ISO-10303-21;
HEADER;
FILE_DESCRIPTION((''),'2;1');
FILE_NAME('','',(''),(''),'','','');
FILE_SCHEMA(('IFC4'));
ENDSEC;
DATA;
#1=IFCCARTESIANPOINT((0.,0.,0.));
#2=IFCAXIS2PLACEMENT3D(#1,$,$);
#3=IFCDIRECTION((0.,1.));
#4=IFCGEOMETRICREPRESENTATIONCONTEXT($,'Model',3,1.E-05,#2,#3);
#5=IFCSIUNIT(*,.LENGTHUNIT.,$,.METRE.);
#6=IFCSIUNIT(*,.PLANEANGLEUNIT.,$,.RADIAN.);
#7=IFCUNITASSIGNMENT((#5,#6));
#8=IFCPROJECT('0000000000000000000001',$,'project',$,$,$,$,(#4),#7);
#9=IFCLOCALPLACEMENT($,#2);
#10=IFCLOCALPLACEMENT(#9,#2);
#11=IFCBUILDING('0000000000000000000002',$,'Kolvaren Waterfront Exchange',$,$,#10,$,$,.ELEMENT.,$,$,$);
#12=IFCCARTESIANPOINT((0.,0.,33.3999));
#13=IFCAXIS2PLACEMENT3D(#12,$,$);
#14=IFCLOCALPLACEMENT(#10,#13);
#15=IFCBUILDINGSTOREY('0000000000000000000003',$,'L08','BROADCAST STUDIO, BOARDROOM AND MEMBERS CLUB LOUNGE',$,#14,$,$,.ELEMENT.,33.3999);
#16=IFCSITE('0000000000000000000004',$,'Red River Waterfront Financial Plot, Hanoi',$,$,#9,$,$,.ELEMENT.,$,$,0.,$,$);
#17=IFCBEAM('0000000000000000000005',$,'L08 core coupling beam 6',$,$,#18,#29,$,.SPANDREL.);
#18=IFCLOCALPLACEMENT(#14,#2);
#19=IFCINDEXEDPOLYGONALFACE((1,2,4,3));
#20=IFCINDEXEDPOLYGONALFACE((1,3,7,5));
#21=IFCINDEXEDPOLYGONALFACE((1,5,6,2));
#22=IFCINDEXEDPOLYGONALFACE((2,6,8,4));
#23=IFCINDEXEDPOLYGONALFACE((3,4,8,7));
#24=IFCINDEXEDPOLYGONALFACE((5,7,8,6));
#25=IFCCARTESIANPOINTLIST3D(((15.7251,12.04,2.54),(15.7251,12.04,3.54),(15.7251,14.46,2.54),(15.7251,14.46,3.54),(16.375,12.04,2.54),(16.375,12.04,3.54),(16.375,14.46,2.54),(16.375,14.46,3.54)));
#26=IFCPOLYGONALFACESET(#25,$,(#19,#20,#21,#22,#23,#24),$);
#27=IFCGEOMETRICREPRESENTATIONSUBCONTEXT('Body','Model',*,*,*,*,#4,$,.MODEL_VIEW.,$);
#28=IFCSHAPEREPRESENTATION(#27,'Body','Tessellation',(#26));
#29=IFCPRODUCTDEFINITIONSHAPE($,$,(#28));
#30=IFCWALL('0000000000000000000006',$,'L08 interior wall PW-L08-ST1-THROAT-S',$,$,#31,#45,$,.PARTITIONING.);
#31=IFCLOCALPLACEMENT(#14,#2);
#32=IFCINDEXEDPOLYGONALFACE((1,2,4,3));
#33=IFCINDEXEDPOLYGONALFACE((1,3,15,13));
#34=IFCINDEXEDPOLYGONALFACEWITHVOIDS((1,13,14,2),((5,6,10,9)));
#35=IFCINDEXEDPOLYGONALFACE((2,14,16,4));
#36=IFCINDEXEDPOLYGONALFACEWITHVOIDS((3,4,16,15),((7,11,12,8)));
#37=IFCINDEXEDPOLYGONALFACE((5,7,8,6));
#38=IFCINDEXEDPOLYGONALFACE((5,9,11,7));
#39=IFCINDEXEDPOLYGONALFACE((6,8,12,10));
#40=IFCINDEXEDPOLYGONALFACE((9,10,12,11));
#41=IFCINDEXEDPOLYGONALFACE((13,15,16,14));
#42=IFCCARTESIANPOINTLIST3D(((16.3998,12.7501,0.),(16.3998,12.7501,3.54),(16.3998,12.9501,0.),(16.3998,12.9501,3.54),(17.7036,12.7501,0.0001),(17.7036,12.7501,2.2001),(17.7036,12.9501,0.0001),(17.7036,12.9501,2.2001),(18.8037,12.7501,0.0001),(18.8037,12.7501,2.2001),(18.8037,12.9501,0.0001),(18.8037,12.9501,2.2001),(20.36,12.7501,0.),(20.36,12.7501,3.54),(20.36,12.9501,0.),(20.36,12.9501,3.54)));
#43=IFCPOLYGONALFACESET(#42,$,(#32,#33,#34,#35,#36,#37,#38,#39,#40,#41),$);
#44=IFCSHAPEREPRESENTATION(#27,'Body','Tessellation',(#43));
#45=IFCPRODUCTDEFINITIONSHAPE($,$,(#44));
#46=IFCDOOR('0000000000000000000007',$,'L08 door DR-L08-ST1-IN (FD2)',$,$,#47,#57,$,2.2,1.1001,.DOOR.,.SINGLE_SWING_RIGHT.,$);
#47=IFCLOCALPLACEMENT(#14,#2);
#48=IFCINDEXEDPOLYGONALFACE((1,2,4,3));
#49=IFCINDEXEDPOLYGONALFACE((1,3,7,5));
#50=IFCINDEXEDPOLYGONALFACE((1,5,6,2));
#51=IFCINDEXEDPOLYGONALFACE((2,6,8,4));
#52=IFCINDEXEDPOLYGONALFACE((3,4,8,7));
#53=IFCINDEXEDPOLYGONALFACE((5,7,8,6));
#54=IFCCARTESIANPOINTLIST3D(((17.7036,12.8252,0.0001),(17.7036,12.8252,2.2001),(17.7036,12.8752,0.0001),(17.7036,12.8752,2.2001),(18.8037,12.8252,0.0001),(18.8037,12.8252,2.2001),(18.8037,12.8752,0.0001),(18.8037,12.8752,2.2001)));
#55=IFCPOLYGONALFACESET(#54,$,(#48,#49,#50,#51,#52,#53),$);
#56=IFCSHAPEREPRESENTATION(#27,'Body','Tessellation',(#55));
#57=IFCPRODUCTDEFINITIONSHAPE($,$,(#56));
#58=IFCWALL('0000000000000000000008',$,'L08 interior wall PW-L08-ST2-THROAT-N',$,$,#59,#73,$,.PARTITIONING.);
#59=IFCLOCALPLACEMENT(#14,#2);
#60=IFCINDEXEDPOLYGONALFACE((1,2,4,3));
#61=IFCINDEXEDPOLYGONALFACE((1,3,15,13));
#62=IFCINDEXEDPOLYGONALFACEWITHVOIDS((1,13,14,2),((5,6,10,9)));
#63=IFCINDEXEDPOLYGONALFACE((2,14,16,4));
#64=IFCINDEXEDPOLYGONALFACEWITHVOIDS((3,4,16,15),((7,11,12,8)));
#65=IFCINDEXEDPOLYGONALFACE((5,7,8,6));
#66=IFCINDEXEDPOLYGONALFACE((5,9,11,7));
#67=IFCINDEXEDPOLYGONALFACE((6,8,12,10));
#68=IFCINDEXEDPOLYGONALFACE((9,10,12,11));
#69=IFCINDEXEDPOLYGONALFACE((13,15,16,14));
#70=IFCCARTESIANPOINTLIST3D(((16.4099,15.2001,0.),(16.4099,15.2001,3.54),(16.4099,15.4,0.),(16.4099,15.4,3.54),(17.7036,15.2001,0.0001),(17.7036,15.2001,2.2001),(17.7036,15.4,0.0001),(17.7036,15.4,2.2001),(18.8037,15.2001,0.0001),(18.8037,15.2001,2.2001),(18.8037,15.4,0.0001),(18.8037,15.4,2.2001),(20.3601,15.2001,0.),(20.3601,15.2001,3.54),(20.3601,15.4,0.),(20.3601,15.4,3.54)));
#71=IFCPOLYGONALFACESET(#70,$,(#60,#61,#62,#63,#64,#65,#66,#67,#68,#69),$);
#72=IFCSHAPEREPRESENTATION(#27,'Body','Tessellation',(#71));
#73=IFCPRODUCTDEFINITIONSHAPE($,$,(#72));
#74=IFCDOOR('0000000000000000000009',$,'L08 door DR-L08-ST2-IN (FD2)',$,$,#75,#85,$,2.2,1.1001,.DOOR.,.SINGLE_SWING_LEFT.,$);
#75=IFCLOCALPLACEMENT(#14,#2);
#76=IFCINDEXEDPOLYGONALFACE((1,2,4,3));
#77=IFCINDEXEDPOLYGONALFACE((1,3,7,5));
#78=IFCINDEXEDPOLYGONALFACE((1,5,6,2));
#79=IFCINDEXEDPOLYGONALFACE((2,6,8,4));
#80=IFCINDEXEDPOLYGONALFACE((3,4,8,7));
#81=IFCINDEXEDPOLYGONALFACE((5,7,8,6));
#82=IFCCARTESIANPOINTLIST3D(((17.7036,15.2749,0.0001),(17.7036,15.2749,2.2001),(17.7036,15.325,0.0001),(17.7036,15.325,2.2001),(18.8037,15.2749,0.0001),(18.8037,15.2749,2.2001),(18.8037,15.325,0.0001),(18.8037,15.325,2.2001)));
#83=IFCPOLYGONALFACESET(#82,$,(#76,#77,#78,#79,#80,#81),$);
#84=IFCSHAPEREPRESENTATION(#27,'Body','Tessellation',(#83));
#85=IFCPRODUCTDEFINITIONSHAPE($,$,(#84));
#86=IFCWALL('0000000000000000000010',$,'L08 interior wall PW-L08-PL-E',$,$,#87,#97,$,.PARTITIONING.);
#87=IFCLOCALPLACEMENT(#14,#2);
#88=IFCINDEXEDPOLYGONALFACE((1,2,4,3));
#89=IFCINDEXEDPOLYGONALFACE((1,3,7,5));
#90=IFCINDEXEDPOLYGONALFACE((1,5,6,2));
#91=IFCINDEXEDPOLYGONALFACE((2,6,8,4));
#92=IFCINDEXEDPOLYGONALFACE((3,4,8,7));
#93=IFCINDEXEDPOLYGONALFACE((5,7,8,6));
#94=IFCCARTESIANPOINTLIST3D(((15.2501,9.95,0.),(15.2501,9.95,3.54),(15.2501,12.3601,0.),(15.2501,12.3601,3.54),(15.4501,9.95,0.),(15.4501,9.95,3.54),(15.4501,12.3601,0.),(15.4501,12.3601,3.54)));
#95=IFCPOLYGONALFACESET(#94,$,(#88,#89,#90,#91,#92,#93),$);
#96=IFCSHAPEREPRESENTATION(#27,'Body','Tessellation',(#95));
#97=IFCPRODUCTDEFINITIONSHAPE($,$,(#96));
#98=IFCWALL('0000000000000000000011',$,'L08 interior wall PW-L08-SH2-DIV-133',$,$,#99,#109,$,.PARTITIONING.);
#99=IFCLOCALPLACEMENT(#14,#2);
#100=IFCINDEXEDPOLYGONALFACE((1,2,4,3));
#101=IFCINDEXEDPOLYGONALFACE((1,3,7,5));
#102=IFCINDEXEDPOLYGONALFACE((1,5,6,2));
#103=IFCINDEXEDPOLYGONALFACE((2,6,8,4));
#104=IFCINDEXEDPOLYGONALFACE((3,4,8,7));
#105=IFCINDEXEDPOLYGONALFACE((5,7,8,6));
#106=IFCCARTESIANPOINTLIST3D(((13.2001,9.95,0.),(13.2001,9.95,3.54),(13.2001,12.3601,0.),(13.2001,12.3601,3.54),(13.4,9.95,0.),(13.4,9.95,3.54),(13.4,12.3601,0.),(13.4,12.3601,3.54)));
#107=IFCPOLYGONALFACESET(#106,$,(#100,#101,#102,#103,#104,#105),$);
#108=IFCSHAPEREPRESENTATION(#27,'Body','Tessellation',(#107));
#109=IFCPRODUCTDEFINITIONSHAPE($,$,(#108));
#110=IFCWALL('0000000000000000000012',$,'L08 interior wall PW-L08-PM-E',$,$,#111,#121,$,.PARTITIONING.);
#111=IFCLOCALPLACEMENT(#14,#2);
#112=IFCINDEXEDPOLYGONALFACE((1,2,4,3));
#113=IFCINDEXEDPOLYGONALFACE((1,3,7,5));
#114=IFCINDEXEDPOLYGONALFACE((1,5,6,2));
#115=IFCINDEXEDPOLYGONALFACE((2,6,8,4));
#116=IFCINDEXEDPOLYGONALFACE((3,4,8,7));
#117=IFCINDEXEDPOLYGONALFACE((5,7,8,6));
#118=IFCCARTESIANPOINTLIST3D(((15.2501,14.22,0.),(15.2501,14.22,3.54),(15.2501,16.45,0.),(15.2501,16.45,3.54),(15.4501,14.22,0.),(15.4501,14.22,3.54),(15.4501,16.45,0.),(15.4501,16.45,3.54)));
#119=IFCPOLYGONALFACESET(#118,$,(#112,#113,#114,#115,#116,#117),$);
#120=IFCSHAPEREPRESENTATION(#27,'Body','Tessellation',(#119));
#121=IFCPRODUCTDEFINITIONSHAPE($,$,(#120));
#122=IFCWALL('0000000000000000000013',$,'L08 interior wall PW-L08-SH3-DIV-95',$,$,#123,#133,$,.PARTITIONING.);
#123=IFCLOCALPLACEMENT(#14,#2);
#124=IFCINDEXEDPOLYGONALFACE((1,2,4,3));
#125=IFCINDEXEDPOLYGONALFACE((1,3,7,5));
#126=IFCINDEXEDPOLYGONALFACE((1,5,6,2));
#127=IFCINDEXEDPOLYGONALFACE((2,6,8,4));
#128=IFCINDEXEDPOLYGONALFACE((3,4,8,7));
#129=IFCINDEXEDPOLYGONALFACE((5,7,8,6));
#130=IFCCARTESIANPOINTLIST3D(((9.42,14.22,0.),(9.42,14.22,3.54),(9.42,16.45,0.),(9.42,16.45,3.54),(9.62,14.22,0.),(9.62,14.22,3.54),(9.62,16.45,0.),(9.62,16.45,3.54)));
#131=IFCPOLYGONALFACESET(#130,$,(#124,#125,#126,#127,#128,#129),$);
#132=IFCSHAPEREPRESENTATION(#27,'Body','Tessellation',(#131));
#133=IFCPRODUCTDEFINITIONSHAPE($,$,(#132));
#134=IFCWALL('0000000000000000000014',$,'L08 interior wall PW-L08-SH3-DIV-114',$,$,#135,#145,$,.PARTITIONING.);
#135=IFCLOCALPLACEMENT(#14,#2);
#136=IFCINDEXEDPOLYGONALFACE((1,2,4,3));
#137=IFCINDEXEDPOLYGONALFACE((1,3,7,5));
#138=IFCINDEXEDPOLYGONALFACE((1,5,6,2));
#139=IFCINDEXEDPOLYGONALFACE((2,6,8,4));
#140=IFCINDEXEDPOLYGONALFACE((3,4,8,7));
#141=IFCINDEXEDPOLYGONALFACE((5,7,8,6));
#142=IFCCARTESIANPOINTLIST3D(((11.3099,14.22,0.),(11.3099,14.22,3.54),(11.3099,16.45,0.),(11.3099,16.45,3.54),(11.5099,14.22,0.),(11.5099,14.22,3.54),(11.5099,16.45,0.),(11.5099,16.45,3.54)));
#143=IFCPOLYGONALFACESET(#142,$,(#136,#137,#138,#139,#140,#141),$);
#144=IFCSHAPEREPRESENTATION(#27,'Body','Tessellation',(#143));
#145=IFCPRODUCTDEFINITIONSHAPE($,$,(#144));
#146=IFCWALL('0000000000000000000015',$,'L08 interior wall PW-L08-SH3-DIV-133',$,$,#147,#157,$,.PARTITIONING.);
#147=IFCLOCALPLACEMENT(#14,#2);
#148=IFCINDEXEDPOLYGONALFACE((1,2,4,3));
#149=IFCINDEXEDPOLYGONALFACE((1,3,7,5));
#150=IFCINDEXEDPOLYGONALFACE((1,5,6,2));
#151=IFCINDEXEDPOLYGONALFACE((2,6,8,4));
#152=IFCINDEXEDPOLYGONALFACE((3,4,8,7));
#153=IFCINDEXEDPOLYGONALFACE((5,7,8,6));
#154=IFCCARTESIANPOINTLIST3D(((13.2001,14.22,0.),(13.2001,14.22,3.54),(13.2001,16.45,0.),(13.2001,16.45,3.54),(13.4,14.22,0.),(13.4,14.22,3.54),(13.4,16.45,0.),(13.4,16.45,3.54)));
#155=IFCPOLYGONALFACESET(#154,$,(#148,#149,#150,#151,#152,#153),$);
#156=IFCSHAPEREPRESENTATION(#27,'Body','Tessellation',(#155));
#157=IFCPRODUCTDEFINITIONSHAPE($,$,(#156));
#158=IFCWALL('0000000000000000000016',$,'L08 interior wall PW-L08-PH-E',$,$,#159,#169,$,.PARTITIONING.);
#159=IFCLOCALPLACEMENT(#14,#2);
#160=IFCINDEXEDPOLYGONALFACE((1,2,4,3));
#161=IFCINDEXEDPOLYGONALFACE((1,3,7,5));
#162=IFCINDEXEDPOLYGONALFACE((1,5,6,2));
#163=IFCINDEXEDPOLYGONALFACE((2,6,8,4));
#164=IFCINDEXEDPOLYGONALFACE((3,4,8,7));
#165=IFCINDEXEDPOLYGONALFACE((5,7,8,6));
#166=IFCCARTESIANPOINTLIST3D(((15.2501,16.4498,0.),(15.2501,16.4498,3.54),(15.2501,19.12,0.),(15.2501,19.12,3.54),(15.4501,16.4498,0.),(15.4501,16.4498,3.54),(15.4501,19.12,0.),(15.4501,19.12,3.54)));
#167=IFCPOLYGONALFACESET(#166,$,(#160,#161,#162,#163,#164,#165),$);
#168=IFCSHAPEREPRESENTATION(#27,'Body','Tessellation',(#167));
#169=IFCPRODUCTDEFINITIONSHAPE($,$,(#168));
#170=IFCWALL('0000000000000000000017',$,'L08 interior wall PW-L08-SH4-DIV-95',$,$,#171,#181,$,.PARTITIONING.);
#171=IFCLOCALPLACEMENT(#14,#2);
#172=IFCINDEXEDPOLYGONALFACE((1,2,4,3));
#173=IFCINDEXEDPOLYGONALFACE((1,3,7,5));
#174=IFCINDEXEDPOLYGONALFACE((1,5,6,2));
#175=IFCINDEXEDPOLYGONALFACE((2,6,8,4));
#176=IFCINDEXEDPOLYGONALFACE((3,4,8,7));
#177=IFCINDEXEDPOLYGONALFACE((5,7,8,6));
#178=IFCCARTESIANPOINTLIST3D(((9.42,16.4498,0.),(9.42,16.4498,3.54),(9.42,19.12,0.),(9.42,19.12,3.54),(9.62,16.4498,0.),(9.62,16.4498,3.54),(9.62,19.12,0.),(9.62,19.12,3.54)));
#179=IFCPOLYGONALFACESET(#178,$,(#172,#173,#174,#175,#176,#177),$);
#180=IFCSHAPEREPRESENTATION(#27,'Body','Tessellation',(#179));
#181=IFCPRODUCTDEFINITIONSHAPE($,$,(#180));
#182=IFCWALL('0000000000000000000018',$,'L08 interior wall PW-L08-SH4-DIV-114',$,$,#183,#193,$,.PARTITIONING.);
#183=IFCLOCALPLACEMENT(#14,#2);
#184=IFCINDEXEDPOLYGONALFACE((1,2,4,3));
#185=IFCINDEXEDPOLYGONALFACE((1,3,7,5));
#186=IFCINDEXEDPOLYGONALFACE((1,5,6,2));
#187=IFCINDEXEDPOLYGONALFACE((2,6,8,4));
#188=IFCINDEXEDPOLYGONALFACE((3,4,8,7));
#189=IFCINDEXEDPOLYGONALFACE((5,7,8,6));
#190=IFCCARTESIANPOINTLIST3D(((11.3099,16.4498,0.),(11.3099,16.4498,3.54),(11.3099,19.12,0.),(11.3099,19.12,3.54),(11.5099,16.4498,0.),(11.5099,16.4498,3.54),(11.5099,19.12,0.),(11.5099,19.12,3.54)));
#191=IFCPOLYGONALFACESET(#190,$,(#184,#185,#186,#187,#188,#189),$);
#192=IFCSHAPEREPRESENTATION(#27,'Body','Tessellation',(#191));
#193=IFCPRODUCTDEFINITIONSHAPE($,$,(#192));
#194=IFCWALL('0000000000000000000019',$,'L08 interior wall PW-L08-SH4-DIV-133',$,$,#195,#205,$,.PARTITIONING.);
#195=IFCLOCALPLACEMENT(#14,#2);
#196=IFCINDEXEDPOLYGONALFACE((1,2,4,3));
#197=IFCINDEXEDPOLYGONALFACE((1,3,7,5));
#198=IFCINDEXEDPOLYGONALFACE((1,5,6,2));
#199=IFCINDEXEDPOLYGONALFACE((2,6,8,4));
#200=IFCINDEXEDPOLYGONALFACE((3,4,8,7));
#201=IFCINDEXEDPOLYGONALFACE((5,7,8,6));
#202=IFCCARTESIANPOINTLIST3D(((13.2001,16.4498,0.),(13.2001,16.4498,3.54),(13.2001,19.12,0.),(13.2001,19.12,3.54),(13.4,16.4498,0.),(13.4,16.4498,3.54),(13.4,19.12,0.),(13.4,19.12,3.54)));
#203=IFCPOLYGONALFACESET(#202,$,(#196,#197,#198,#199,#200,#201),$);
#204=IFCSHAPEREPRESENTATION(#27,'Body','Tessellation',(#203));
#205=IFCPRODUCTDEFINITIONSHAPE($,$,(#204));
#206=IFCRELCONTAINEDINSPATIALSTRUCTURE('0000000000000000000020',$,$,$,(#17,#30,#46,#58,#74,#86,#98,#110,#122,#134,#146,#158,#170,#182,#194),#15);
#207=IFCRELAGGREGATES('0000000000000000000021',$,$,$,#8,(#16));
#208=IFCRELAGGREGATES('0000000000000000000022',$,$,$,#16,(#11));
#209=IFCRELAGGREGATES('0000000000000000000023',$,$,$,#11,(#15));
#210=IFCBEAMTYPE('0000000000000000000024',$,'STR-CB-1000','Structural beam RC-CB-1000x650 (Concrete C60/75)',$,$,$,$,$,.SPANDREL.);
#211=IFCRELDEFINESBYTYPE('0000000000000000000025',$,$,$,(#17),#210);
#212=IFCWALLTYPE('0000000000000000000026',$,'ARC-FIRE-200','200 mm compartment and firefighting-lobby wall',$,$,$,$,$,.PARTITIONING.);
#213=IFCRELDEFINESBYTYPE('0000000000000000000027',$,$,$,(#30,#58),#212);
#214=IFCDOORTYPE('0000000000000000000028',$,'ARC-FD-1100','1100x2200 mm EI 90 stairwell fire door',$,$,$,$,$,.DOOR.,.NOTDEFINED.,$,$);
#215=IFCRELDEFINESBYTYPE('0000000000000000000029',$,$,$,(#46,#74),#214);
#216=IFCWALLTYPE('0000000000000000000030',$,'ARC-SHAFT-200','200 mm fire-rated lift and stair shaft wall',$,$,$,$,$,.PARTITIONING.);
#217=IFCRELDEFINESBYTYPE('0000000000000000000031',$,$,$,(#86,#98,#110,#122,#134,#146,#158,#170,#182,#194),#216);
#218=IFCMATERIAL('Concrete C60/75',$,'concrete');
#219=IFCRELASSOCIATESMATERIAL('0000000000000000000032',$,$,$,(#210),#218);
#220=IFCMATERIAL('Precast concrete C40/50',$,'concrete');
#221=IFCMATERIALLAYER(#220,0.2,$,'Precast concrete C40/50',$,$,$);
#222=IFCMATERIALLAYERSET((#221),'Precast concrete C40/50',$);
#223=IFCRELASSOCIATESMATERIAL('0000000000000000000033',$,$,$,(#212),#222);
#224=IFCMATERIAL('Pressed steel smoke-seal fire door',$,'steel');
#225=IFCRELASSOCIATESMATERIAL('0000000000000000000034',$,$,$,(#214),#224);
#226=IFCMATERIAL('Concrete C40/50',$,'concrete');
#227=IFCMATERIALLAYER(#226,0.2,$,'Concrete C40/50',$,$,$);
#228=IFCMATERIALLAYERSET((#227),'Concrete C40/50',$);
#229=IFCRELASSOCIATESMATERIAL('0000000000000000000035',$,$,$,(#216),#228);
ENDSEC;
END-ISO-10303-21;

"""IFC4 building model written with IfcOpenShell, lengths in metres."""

from ifc_helpers import new_model, si_unit, direction, frame, frame_2d, origin, origin_2d, place, context, subcontext, project, spatial, rectangle, extrude, material, layer, layer_set, material_profile, profile_set, type_object, element, fill, save


model = new_model("IFC4")

# Units and contexts
model_context = context("Model", 3, precision=1e-05, world=origin(), true_north=direction((0.0, 1.0)))
body_context = subcontext(model_context, "Body", "Model", "MODEL_VIEW")
ifc_project = project(units=[si_unit("LENGTHUNIT", "METRE"), si_unit("PLANEANGLEUNIT", "RADIAN")], contexts=[model_context])

# Site, building, storey
site_placement = place(None, origin())
site = spatial("IfcSite", under=ifc_project, at=site_placement, Name="Red River Waterfront Financial Plot, Hanoi", CompositionType="ELEMENT", RefElevation=0.0)
building_placement = place(site_placement, origin())
building = spatial("IfcBuilding", under=site, at=building_placement, Name="Kolvaren Waterfront Exchange", CompositionType="ELEMENT")
storey_placement = place(building_placement, frame((0.0, 0.0, 33.3999)))
storey = spatial("IfcBuildingStorey", under=building, at=storey_placement, Name="L08", Description="BROADCAST STUDIO, BOARDROOM AND MEMBERS CLUB LOUNGE", CompositionType="ELEMENT", Elevation=33.3999)

# Beam
ifc_material_1 = material(Name="Concrete C60/75", Category="concrete")
ifc_material_profile = material_profile(ifc_material_1, rectangle(XDim=0.6499, YDim=1.0, at=origin_2d()), Name="RC-CB-1000x650")
ifc_profile_set = profile_set([ifc_material_profile], Name="Concrete C60/75")
beam_type = type_object("IfcBeamType", Name="STR-CB-1000", Description="Structural beam RC-CB-1000x650 (Concrete C60/75)", PredefinedType="SPANDREL", material=ifc_profile_set)
beam_placement = place(storey_placement, frame((16.05, 12.04, 3.04), z_axis=(0.0, 1.0, 0.0), x_axis=(-1.0, 0.0, 0.0)))
element("IfcBeam", 1, at=beam_placement, inside=storey, type_object=beam_type, Name="L08 core coupling beam 6", PredefinedType="SPANDREL", context=body_context, shape_type="SweptSolid", body=[
    extrude(rectangle(XDim=0.6499, YDim=1.0, at=origin_2d()), origin(), (0.0, 0.0, 1.0), 2.4199),
])

# Walls, openings, doors
ifc_material_2 = material(Name="Precast concrete C40/50", Category="concrete")
ifc_layer_1 = layer(ifc_material_2, 0.2, Name="Precast concrete C40/50")
ifc_layer_set_1 = layer_set([ifc_layer_1], Name="Precast concrete C40/50")
wall_type_1 = type_object("IfcWallType", Name="ARC-FIRE-200", Description="200 mm compartment and firefighting-lobby wall", PredefinedType="PARTITIONING", material=ifc_layer_set_1)
wall_1_placement = place(storey_placement, frame((16.3999, 12.8501, 0.0), z_axis=(0.0, 0.0, 1.0), x_axis=(1.0, 0.0, 0.0)))
wall_1 = element("IfcWall", 2, at=wall_1_placement, inside=storey, type_object=wall_type_1, Name="L08 interior wall PW-L08-ST1-THROAT-S", PredefinedType="PARTITIONING", context=body_context, shape_type="SweptSolid", body=[
    extrude(rectangle(XDim=3.9602, YDim=0.2, at=frame_2d((1.98, 0.0))), origin(), (0.0, 0.0, 1.0), 3.54),
])
opening_1_placement = place(wall_1_placement, frame((1.3037, 0.0, 0.0)))
opening_1 = element("IfcOpeningElement", 3, at=opening_1_placement, cuts=wall_1, PredefinedType="OPENING", context=body_context, shape_type="SweptSolid", body=[
    extrude(rectangle(XDim=1.1001, YDim=2.2, at=frame_2d((0.55, 1.1001))), frame((0.0, 0.1099, 0.0), z_axis=(0.0, -1.0, 0.0), x_axis=(1.0, 0.0, 0.0)), (0.0, 0.0, 1.0), 0.22),
])
ifc_material_3 = material(Name="Pressed steel smoke-seal fire door", Category="steel")
door_type = type_object("IfcDoorType", Name="ARC-FD-1100", Description="1100x2200 mm EI 90 stairwell fire door", OperationType="NOTDEFINED", PredefinedType="DOOR", material=ifc_material_3)
door_1_placement = place(opening_1_placement, frame((1.1001, 0.0, 0.0), z_axis=(0.0, 0.0, 1.0), x_axis=(-1.0, 0.0, 0.0)))
door_1 = element("IfcDoor", 4, at=door_1_placement, inside=storey, type_object=door_type, Name="L08 door DR-L08-ST1-IN (FD2)", OperationType="SINGLE_SWING_RIGHT", OverallHeight=2.2, OverallWidth=1.1001, PredefinedType="DOOR", context=body_context, shape_type="SweptSolid", body=[
    extrude(rectangle(XDim=1.1001, YDim=2.2, at=frame_2d((0.55, 1.1001))), frame((0.0, 0.0249, 0.0), z_axis=(0.0, -1.0, 0.0), x_axis=(1.0, 0.0, 0.0)), (0.0, 0.0, 1.0), 0.05),
])
fill(opening_1, door_1)
wall_2_placement = place(storey_placement, frame((16.4099, 15.3, 0.0), z_axis=(0.0, 0.0, 1.0), x_axis=(1.0, 0.0, 0.0)))
wall_2 = element("IfcWall", 5, at=wall_2_placement, inside=storey, type_object=wall_type_1, Name="L08 interior wall PW-L08-ST2-THROAT-N", PredefinedType="PARTITIONING", context=body_context, shape_type="SweptSolid", body=[
    extrude(rectangle(XDim=3.9502, YDim=0.2, at=frame_2d((1.9751, 0.0))), origin(), (0.0, 0.0, 1.0), 3.54),
])
opening_2_placement = place(wall_2_placement, frame((1.2937, 0.0, 0.0)))
opening_2 = element("IfcOpeningElement", 6, at=opening_2_placement, cuts=wall_2, PredefinedType="OPENING", context=body_context, shape_type="SweptSolid", body=[
    extrude(rectangle(XDim=1.1001, YDim=2.2, at=frame_2d((0.55, 1.1001))), frame((0.0, 0.1099, 0.0), z_axis=(0.0, -1.0, 0.0), x_axis=(1.0, 0.0, 0.0)), (0.0, 0.0, 1.0), 0.22),
])
door_2_placement = place(opening_2_placement, origin())
door_2 = element("IfcDoor", 7, at=door_2_placement, inside=storey, type_object=door_type, Name="L08 door DR-L08-ST2-IN (FD2)", OperationType="SINGLE_SWING_LEFT", OverallHeight=2.2, OverallWidth=1.1001, PredefinedType="DOOR", context=body_context, shape_type="SweptSolid", body=[
    extrude(rectangle(XDim=1.1001, YDim=2.2, at=frame_2d((0.55, 1.1001))), frame((0.0, 0.0249, 0.0), z_axis=(0.0, -1.0, 0.0), x_axis=(1.0, 0.0, 0.0)), (0.0, 0.0, 1.0), 0.05),
])
fill(opening_2, door_2)

# Walls
ifc_material_4 = material(Name="Concrete C40/50", Category="concrete")
ifc_layer_2 = layer(ifc_material_4, 0.2, Name="Concrete C40/50")
ifc_layer_set_2 = layer_set([ifc_layer_2], Name="Concrete C40/50")
wall_type_2 = type_object("IfcWallType", Name="ARC-SHAFT-200", Description="200 mm fire-rated lift and stair shaft wall", PredefinedType="PARTITIONING", material=ifc_layer_set_2)
for number, where, z_axis, x_axis, name in (
    (8, (15.3501, 9.95, 0.0), (0.0, 0.0, 1.0), (0.0, 1.0, 0.0), "L08 interior wall PW-L08-PL-E"),
    (9, (13.3, 9.95, 0.0), (0.0, 0.0, 1.0), (0.0, 1.0, 0.0), "L08 interior wall PW-L08-SH2-DIV-133"),
):
    element("IfcWall", number, at=place(storey_placement, frame(where, z_axis=z_axis, x_axis=x_axis)), inside=storey, type_object=wall_type_2, Name=name, PredefinedType="PARTITIONING", context=body_context, shape_type="SweptSolid", body=[
        extrude(rectangle(XDim=2.4102, YDim=0.2, at=frame_2d((1.2051, 0.0))), origin(), (0.0, 0.0, 1.0), 3.54),
    ])
for number, where, z_axis, x_axis, name in (
    (10, (15.3501, 14.22, 0.0), (0.0, 0.0, 1.0), (0.0, 1.0, 0.0), "L08 interior wall PW-L08-PM-E"),
    (11, (9.52, 14.22, 0.0), (0.0, 0.0, 1.0), (0.0, 1.0, 0.0), "L08 interior wall PW-L08-SH3-DIV-95"),
    (12, (11.4099, 14.22, 0.0), (0.0, 0.0, 1.0), (0.0, 1.0, 0.0), "L08 interior wall PW-L08-SH3-DIV-114"),
    (13, (13.3, 14.22, 0.0), (0.0, 0.0, 1.0), (0.0, 1.0, 0.0), "L08 interior wall PW-L08-SH3-DIV-133"),
):
    element("IfcWall", number, at=place(storey_placement, frame(where, z_axis=z_axis, x_axis=x_axis)), inside=storey, type_object=wall_type_2, Name=name, PredefinedType="PARTITIONING", context=body_context, shape_type="SweptSolid", body=[
        extrude(rectangle(XDim=2.23, YDim=0.2, at=frame_2d((1.115, 0.0))), origin(), (0.0, 0.0, 1.0), 3.54),
    ])
for number, where, z_axis, x_axis, name in (
    (14, (15.3501, 16.45, 0.0), (0.0, 0.0, 1.0), (0.0, 1.0, 0.0), "L08 interior wall PW-L08-PH-E"),
    (15, (9.52, 16.45, 0.0), (0.0, 0.0, 1.0), (0.0, 1.0, 0.0), "L08 interior wall PW-L08-SH4-DIV-95"),
    (16, (11.4099, 16.45, 0.0), (0.0, 0.0, 1.0), (0.0, 1.0, 0.0), "L08 interior wall PW-L08-SH4-DIV-114"),
    (17, (13.3, 16.45, 0.0), (0.0, 0.0, 1.0), (0.0, 1.0, 0.0), "L08 interior wall PW-L08-SH4-DIV-133"),
):
    element("IfcWall", number, at=place(storey_placement, frame(where, z_axis=z_axis, x_axis=x_axis)), inside=storey, type_object=wall_type_2, Name=name, PredefinedType="PARTITIONING", context=body_context, shape_type="SweptSolid", body=[
        extrude(rectangle(XDim=2.6702, YDim=0.2, at=frame_2d((1.335, 0.0))), origin(), (0.0, 0.0, 1.0), 3.54),
    ])

save(model, "model.ifc")
